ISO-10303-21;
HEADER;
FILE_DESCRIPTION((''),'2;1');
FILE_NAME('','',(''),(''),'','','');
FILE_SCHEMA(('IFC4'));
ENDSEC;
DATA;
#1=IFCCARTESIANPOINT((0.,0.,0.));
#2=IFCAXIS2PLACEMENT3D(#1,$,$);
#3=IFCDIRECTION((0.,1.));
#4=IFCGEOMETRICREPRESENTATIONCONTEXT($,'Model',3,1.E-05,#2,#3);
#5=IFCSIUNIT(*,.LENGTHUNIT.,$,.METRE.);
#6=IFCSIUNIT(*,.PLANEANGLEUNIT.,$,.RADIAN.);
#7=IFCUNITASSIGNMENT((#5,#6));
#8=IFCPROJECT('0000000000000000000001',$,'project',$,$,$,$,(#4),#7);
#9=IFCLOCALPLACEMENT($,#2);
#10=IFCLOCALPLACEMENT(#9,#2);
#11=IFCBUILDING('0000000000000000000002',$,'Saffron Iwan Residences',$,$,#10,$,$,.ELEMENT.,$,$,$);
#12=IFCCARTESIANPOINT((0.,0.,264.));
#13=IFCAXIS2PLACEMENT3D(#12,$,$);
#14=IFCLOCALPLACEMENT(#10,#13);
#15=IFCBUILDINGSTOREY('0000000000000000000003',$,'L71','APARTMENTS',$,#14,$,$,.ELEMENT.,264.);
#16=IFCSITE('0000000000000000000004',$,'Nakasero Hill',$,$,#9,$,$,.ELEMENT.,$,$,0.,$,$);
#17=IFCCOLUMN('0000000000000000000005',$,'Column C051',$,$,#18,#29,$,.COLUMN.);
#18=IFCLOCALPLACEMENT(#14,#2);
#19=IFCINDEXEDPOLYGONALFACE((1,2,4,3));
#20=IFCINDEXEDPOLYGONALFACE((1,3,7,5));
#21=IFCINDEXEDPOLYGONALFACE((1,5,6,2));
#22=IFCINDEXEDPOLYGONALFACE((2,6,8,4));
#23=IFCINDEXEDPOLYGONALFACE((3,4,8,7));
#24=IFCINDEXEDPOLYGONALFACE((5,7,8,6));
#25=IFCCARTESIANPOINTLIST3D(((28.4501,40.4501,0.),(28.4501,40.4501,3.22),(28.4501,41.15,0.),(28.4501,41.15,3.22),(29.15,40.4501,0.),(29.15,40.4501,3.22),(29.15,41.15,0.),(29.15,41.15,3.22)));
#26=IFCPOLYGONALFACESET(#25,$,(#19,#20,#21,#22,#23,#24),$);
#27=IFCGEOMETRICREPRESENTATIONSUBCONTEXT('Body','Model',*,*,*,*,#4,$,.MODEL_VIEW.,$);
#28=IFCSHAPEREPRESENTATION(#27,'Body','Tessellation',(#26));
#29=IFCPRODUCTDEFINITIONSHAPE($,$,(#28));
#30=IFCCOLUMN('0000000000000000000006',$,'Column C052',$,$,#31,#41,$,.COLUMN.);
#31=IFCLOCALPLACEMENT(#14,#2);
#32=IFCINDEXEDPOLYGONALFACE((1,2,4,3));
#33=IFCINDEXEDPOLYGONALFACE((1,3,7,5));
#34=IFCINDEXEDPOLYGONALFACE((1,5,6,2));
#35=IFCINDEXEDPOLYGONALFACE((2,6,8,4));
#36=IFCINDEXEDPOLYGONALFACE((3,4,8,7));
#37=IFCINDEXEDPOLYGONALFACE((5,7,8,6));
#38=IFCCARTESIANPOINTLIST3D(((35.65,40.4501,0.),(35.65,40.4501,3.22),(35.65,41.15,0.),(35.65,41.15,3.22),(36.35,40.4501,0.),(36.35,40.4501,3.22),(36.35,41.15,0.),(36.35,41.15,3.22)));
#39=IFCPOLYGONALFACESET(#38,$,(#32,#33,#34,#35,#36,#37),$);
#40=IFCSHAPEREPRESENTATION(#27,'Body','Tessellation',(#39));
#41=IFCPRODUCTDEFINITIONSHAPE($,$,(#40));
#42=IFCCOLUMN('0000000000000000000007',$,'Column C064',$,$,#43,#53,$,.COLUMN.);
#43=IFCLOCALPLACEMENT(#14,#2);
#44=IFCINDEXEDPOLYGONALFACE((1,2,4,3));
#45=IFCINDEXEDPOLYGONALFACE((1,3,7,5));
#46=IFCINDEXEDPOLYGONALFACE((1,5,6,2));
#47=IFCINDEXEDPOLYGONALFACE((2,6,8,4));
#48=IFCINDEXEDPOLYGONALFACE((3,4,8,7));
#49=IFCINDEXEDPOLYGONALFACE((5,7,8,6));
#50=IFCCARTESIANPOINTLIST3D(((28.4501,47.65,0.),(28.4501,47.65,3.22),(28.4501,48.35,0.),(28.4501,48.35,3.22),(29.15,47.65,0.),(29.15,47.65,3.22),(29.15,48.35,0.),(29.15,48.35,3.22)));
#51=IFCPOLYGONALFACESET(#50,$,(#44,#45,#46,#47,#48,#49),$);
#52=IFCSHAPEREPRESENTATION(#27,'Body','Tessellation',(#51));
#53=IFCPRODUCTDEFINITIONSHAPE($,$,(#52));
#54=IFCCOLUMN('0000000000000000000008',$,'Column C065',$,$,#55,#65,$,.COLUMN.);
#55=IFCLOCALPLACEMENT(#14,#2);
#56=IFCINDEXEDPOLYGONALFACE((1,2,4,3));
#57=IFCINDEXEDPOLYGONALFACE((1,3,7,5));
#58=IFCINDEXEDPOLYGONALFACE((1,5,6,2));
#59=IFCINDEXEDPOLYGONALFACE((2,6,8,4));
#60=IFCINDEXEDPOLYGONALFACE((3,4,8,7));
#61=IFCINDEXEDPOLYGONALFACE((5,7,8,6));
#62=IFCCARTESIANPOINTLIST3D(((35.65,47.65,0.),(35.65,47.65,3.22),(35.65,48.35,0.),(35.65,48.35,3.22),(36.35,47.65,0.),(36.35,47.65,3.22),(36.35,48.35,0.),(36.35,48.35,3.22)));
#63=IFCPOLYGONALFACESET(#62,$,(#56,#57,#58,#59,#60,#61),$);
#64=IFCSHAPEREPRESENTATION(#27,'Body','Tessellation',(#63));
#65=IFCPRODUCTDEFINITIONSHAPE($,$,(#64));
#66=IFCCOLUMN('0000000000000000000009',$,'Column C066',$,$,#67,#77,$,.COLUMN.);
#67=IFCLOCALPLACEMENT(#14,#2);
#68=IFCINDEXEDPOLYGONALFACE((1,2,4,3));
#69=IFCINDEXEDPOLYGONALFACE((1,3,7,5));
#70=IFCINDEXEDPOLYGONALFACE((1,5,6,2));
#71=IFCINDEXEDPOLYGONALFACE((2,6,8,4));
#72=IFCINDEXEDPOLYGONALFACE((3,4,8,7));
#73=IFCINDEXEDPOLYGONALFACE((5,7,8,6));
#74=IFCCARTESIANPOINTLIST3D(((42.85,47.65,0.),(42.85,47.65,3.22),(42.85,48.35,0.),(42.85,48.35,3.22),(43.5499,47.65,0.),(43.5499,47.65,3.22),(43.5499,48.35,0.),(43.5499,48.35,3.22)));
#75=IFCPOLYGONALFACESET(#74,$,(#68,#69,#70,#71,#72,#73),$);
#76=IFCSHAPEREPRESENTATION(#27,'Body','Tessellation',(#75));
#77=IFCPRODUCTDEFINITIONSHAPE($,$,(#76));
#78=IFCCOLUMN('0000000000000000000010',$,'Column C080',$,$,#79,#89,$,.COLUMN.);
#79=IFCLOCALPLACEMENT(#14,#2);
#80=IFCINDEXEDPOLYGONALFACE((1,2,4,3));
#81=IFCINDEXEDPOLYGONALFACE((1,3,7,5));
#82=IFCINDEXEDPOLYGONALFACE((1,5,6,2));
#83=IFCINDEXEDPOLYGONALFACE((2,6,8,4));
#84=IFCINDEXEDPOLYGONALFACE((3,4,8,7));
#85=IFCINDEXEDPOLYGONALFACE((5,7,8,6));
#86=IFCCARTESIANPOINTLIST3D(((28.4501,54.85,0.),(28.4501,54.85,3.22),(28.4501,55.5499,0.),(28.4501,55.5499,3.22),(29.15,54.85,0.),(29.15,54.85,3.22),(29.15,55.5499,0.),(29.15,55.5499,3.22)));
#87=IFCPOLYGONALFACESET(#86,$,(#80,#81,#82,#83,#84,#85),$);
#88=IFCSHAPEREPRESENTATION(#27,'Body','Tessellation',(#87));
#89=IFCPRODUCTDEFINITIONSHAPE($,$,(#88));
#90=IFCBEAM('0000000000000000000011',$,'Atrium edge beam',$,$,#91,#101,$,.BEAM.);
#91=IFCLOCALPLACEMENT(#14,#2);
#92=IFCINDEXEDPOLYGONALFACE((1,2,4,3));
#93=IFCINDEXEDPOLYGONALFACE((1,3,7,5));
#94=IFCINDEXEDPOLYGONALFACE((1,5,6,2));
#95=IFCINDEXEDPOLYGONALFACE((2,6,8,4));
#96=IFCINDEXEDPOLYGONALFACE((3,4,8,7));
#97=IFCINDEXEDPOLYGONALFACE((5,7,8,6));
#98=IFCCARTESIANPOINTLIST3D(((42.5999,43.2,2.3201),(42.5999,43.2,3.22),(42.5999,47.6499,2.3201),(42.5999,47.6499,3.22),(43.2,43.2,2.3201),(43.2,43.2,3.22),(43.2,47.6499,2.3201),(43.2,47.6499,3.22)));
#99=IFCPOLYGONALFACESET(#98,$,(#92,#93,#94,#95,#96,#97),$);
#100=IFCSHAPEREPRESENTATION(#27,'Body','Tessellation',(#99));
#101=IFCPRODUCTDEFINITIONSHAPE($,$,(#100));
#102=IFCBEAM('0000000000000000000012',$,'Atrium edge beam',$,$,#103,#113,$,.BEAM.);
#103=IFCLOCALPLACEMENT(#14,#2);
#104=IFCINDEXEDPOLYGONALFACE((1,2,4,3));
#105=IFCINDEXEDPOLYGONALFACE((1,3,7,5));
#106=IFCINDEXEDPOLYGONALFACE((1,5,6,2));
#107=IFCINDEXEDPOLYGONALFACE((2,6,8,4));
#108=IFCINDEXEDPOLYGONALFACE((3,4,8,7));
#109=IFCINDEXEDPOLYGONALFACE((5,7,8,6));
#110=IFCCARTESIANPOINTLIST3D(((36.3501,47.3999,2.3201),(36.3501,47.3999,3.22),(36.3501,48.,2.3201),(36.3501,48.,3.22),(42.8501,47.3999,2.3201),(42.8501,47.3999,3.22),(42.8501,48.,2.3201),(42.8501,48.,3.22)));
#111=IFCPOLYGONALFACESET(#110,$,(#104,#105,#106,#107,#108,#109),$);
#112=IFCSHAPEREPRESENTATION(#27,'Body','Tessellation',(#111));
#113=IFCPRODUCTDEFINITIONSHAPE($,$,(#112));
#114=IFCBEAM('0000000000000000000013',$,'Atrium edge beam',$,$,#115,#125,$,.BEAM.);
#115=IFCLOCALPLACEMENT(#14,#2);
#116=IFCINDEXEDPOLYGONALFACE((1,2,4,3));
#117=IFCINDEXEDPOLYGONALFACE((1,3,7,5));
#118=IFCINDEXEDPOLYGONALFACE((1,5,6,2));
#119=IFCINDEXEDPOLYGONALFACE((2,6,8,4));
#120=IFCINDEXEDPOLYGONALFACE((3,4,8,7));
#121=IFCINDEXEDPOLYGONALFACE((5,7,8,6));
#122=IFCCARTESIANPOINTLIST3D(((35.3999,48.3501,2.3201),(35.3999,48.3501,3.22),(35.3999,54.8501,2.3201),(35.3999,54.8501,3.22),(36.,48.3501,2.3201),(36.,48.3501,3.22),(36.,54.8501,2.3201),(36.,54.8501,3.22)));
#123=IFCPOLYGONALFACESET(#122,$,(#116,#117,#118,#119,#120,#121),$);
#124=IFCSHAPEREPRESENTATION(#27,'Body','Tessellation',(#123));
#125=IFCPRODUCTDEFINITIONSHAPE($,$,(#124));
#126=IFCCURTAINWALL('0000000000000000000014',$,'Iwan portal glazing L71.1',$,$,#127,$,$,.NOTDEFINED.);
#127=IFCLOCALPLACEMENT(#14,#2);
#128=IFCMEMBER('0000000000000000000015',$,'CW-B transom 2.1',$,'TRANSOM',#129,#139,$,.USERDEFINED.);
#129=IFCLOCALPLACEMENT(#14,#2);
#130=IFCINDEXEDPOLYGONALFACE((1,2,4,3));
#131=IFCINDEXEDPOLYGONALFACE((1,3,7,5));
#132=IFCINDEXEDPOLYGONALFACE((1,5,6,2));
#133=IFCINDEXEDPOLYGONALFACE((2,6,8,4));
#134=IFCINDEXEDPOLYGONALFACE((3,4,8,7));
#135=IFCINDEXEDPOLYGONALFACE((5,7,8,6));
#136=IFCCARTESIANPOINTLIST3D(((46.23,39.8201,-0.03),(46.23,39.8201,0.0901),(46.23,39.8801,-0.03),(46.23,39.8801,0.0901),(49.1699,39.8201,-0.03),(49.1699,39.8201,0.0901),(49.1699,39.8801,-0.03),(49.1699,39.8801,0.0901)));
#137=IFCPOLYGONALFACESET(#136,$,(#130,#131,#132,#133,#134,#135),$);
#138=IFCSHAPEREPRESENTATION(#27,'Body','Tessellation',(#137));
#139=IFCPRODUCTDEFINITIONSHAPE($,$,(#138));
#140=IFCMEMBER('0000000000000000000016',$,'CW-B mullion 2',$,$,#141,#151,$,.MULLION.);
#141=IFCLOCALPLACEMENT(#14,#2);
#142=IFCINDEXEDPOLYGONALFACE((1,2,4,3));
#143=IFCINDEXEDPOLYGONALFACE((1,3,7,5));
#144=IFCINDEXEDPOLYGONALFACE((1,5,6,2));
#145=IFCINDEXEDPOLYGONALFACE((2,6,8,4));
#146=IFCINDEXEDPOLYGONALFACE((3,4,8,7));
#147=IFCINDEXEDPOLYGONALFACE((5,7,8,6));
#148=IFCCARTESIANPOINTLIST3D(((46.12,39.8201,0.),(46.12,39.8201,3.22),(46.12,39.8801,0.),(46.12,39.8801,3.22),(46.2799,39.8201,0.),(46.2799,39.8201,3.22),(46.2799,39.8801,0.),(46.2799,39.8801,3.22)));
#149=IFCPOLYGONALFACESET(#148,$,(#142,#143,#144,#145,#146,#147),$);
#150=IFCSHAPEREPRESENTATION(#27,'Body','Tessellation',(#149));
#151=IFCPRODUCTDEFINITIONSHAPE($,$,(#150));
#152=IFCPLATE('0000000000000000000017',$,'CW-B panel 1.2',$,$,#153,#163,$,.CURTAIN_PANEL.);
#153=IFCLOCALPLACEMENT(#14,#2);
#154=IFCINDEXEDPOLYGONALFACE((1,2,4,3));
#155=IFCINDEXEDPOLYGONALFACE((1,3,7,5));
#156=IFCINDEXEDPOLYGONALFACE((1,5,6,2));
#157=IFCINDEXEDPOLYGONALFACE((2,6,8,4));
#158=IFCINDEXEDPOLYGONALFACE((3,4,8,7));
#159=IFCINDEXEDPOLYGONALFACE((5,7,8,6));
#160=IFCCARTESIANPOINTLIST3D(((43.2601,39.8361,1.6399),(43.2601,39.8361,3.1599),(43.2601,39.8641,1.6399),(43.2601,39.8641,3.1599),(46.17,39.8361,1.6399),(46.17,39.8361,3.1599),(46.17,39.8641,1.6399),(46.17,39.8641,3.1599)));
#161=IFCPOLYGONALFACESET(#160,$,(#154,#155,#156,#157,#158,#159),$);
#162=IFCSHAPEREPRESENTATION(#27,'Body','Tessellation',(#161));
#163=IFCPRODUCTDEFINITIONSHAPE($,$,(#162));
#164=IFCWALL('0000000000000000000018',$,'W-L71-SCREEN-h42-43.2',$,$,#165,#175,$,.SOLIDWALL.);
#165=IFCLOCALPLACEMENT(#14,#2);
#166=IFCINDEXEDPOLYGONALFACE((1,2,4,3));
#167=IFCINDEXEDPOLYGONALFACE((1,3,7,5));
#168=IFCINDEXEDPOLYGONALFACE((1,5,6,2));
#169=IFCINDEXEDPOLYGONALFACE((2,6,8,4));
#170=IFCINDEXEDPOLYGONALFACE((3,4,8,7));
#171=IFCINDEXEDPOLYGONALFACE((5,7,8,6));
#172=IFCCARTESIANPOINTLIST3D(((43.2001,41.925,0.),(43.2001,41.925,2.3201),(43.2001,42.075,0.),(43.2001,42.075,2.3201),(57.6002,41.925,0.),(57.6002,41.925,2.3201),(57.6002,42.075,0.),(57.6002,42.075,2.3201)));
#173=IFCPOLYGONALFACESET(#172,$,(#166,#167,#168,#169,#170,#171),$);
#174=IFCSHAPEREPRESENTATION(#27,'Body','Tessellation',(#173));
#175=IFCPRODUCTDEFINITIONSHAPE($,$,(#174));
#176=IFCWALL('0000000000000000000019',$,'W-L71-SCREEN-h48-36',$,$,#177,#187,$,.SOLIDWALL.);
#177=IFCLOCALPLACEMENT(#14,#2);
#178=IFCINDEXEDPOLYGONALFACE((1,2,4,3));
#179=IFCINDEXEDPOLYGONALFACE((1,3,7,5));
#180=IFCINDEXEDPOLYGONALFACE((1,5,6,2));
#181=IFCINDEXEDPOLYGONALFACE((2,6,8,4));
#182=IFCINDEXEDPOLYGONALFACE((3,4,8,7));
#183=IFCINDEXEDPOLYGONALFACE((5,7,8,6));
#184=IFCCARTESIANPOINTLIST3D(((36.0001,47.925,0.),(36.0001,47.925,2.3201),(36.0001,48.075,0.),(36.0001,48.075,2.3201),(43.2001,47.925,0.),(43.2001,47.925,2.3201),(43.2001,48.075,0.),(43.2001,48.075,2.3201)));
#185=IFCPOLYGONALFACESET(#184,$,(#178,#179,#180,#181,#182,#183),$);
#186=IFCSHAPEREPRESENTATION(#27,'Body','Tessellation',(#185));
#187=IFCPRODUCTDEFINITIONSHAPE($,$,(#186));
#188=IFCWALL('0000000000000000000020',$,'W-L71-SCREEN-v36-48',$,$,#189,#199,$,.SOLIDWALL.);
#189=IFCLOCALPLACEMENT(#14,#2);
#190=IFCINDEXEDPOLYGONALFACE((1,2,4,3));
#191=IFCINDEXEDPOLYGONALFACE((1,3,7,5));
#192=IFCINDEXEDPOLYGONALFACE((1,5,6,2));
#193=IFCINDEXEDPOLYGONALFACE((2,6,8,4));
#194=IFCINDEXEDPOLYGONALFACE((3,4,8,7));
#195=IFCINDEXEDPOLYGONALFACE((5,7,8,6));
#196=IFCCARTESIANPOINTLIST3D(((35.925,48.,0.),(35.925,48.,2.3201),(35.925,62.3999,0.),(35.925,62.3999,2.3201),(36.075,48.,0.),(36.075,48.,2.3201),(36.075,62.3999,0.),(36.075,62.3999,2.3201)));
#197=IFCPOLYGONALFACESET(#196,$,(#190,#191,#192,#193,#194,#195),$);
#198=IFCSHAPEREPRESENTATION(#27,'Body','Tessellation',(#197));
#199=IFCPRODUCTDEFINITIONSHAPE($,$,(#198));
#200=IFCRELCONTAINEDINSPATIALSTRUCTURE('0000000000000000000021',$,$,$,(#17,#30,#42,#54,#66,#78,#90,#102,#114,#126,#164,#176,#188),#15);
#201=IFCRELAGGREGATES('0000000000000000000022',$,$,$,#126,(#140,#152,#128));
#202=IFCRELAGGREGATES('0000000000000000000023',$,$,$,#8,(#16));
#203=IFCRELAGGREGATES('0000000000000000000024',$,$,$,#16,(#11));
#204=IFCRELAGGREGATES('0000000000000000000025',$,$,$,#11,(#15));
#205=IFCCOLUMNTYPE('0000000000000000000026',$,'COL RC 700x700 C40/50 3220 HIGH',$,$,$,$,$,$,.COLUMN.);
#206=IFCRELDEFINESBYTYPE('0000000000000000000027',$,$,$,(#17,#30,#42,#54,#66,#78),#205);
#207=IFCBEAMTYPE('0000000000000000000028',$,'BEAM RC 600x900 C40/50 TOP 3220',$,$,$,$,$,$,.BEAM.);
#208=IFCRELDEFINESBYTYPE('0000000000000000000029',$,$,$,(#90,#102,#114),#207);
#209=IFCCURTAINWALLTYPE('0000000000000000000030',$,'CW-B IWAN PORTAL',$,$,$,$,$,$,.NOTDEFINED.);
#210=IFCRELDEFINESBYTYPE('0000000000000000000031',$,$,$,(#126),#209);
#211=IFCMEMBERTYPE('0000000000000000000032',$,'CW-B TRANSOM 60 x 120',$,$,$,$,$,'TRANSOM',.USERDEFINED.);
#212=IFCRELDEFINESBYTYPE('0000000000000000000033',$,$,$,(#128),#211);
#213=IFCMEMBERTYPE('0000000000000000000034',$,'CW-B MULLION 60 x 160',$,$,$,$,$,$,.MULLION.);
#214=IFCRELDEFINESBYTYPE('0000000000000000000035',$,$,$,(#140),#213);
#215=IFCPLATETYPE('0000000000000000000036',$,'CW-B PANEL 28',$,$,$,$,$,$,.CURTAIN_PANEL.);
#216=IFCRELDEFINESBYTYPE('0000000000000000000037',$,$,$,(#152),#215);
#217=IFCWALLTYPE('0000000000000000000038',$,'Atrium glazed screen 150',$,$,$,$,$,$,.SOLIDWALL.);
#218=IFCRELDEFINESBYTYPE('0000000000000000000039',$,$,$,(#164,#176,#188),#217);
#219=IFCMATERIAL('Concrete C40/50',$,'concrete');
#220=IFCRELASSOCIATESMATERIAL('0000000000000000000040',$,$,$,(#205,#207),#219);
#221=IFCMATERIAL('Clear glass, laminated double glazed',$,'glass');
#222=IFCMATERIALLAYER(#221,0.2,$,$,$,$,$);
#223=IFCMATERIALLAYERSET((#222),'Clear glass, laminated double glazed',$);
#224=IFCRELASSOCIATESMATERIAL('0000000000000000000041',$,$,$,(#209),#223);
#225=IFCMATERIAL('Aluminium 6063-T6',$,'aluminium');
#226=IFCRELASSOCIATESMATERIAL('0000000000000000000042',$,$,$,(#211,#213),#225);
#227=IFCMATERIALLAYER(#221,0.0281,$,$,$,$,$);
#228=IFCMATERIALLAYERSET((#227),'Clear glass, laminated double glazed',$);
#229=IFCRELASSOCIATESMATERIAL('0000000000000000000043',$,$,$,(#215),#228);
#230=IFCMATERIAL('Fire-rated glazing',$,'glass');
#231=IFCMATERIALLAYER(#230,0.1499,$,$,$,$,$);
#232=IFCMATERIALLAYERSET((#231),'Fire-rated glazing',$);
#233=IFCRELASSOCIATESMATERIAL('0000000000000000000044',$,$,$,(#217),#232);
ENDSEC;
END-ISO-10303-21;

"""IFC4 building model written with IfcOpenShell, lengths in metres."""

from ifc_helpers import new_model, si_unit, direction, frame, frame_2d, origin, origin_2d, place, context, subcontext, project, spatial, rectangle, extrude, source, transform, mapped, material, layer, layer_set, material_profile, profile_set, type_object, element, aggregate, save


model = new_model("IFC4")

# Units and contexts
model_context = context("Model", 3, precision=1e-05, world=origin(), true_north=direction((0.0, 1.0)))
body_context = subcontext(model_context, "Body", "Model", "MODEL_VIEW")
ifc_project = project(units=[si_unit("LENGTHUNIT", "METRE"), si_unit("PLANEANGLEUNIT", "RADIAN")], contexts=[model_context])

# Site, building, storey
site_placement = place(None, origin())
site = spatial("IfcSite", under=ifc_project, at=site_placement, Name="Nakasero Hill", CompositionType="ELEMENT", RefElevation=0.0)
building_placement = place(site_placement, origin())
building = spatial("IfcBuilding", under=site, at=building_placement, Name="Saffron Iwan Residences", CompositionType="ELEMENT")
storey_placement = place(building_placement, frame((0.0, 0.0, 264.0)))
storey = spatial("IfcBuildingStorey", under=building, at=storey_placement, Name="L71", Description="APARTMENTS", CompositionType="ELEMENT", Elevation=264.0)

# Columns
ifc_material_1 = material(Name="Concrete C40/50", Category="concrete")
ifc_material_profile_1 = material_profile(ifc_material_1, rectangle(XDim=0.7, YDim=0.7, at=origin_2d()), Name="RC 700x700")
ifc_profile_set_1 = profile_set([ifc_material_profile_1], Name="Concrete C40/50")
column_type = type_object("IfcColumnType", Name="COL RC 700x700 C40/50 3220 HIGH", PredefinedType="COLUMN", material=ifc_profile_set_1)
shared_shape_1 = source(origin(), body_context, "Body", "SweptSolid", [
    extrude(rectangle(XDim=0.7, YDim=0.7, at=origin_2d()), origin(), (0.0, 0.0, 1.0), 3.22),
])
for number, where, z_axis, x_axis, name in (
    (1, (28.8, 40.8, 0.0), (0.0, 0.0, 1.0), (1.0, 0.0, 0.0), "Column C051"),
    (2, (36.0, 40.8, 0.0), (0.0, 0.0, 1.0), (1.0, 0.0, 0.0), "Column C052"),
    (3, (28.8, 48.0, 0.0), (0.0, 0.0, 1.0), (1.0, 0.0, 0.0), "Column C064"),
    (4, (36.0, 48.0, 0.0), (0.0, 0.0, 1.0), (1.0, 0.0, 0.0), "Column C065"),
    (5, (43.2, 48.0, 0.0), (0.0, 0.0, 1.0), (1.0, 0.0, 0.0), "Column C066"),
    (6, (28.8, 55.2, 0.0), (0.0, 0.0, 1.0), (1.0, 0.0, 0.0), "Column C080"),
):
    element("IfcColumn", number, at=place(storey_placement, frame(where, z_axis=z_axis, x_axis=x_axis)), inside=storey, type_object=column_type, Name=name, PredefinedType="COLUMN", context=body_context, shape_type="MappedRepresentation", body=[
        mapped(shared_shape_1, transform((0.0, 0.0, 0.0))),
    ])

# Beams
ifc_material_profile_2 = material_profile(ifc_material_1, rectangle(XDim=0.6001, YDim=0.8999, at=origin_2d()), Name="RC 600x900")
ifc_profile_set_2 = profile_set([ifc_material_profile_2], Name="Concrete C40/50")
beam_type = type_object("IfcBeamType", Name="BEAM RC 600x900 C40/50 TOP 3220", PredefinedType="BEAM", material=ifc_profile_set_2)
shared_shape_2 = source(origin(), body_context, "Body", "SweptSolid", [
    extrude(rectangle(XDim=0.6001, YDim=0.8999, at=origin_2d()), origin(), (0.0, 0.0, 1.0), 4.45),
])
beam_placement = place(storey_placement, frame((42.8999, 43.2, 2.77), z_axis=(0.0, 1.0, 0.0), x_axis=(-1.0, 0.0, 0.0)))
element("IfcBeam", 7, at=beam_placement, inside=storey, type_object=beam_type, Name="Atrium edge beam", PredefinedType="BEAM", context=body_context, shape_type="MappedRepresentation", body=[
    mapped(shared_shape_2, transform((0.0, 0.0, 0.0))),
])
shared_shape_3 = source(origin(), body_context, "Body", "SweptSolid", [
    extrude(rectangle(XDim=0.6001, YDim=0.8999, at=origin_2d()), origin(), (0.0, 0.0, 1.0), 6.5),
])
for number, where, z_axis, x_axis, name in (
    (8, (42.8501, 47.7, 2.77), (-1.0, 0.0, 0.0), (0.0, -1.0, 0.0), "Atrium edge beam"),
    (9, (35.7, 48.3501, 2.77), (0.0, 1.0, 0.0), (-1.0, 0.0, 0.0), "Atrium edge beam"),
):
    element("IfcBeam", number, at=place(storey_placement, frame(where, z_axis=z_axis, x_axis=x_axis)), inside=storey, type_object=beam_type, Name=name, PredefinedType="BEAM", context=body_context, shape_type="MappedRepresentation", body=[
        mapped(shared_shape_3, transform((0.0, 0.0, 0.0))),
    ])

# Curtain wall, members, plate
ifc_material_2 = material(Name="Clear glass, laminated double glazed", Category="glass")
ifc_layer_1 = layer(ifc_material_2, 0.2)
ifc_layer_set_1 = layer_set([ifc_layer_1], Name="Clear glass, laminated double glazed")
curtain_wall_type = type_object("IfcCurtainWallType", Name="CW-B IWAN PORTAL", PredefinedType="NOTDEFINED", material=ifc_layer_set_1)
curtain_wall_placement = place(storey_placement, origin())
curtain_wall = element("IfcCurtainWall", 10, at=curtain_wall_placement, inside=storey, type_object=curtain_wall_type, Name="Iwan portal glazing L71.1", PredefinedType="NOTDEFINED")
ifc_material_3 = material(Name="Aluminium 6063-T6", Category="aluminium")
ifc_material_profile_3 = material_profile(ifc_material_3, rectangle(XDim=0.0601, YDim=0.1201, at=origin_2d()), Name="CW-B TRANSOM 60 x 120")
ifc_profile_set_3 = profile_set([ifc_material_profile_3], Name="Aluminium 6063-T6")
member_type_1 = type_object("IfcMemberType", Name="CW-B TRANSOM 60 x 120", ElementType="TRANSOM", PredefinedType="USERDEFINED", material=ifc_profile_set_3)
shared_shape_4 = source(origin(), body_context, "Body", "SweptSolid", [
    extrude(rectangle(XDim=0.0601, YDim=0.1201, at=origin_2d()), origin(), (0.0, 0.0, 1.0), 2.9399),
])
member_1_placement = place(storey_placement, frame((46.23, 39.8501, 0.03), z_axis=(1.0, 0.0, 0.0), x_axis=(0.0, 1.0, 0.0)))
member_1 = element("IfcMember", 11, at=member_1_placement, type_object=member_type_1, Name="CW-B transom 2.1", ObjectType="TRANSOM", PredefinedType="USERDEFINED", context=body_context, shape_type="MappedRepresentation", body=[
    mapped(shared_shape_4, transform((0.0, 0.0, 0.0))),
])
ifc_material_profile_4 = material_profile(ifc_material_3, rectangle(XDim=0.0601, YDim=0.1599, at=origin_2d()), Name="CW-B MULLION 60 x 160")
ifc_profile_set_4 = profile_set([ifc_material_profile_4], Name="Aluminium 6063-T6")
member_type_2 = type_object("IfcMemberType", Name="CW-B MULLION 60 x 160", PredefinedType="MULLION", material=ifc_profile_set_4)
shared_shape_5 = source(origin(), body_context, "Body", "SweptSolid", [
    extrude(rectangle(XDim=0.0601, YDim=0.1599, at=origin_2d()), origin(), (0.0, 0.0, 1.0), 3.22),
])
member_2_placement = place(storey_placement, frame((46.2, 39.8501, 0.0), z_axis=(0.0, 0.0, 1.0), x_axis=(0.0, 1.0, 0.0)))
member_2 = element("IfcMember", 12, at=member_2_placement, type_object=member_type_2, Name="CW-B mullion 2", PredefinedType="MULLION", context=body_context, shape_type="MappedRepresentation", body=[
    mapped(shared_shape_5, transform((0.0, 0.0, 0.0))),
])
ifc_layer_2 = layer(ifc_material_2, 0.0281)
ifc_layer_set_2 = layer_set([ifc_layer_2], Name="Clear glass, laminated double glazed")
plate_type = type_object("IfcPlateType", Name="CW-B PANEL 28", PredefinedType="CURTAIN_PANEL", material=ifc_layer_set_2)
shared_shape_6 = source(origin(), body_context, "Body", "SweptSolid", [
    extrude(rectangle(XDim=2.9099, YDim=0.0281, at=origin_2d()), origin(), (0.0, 0.0, 1.0), 1.52),
])
plate_placement = place(storey_placement, frame((44.7151, 39.8501, 1.6399), z_axis=(0.0, 0.0, 1.0), x_axis=(1.0, 0.0, 0.0)))
plate = element("IfcPlate", 13, at=plate_placement, type_object=plate_type, Name="CW-B panel 1.2", PredefinedType="CURTAIN_PANEL", context=body_context, shape_type="MappedRepresentation", body=[
    mapped(shared_shape_6, transform((0.0, 0.0, 0.0))),
])
aggregate(curtain_wall, [member_2, plate, member_1])

# Walls
ifc_material_4 = material(Name="Fire-rated glazing", Category="glass")
ifc_layer_3 = layer(ifc_material_4, 0.1499)
ifc_layer_set_3 = layer_set([ifc_layer_3], Name="Fire-rated glazing")
wall_type_1 = type_object("IfcWallType", Name="Atrium glazed screen 150", PredefinedType="SOLIDWALL", material=ifc_layer_set_3)
wall_1_placement = place(storey_placement, frame((43.2, 42.0, 0.0), z_axis=(0.0, 0.0, 1.0), x_axis=(1.0, 0.0, 0.0)))
element("IfcWall", 14, at=wall_1_placement, inside=storey, type_object=wall_type_1, Name="W-L71-SCREEN-h42-43.2", PredefinedType="SOLIDWALL", context=body_context, shape_type="SweptSolid", body=[
    extrude(rectangle(XDim=14.4001, YDim=0.1499, at=frame_2d((7.2002, 0.0))), origin(), (0.0, 0.0, 1.0), 2.3201),
])
wall_2_placement = place(storey_placement, frame((36.0, 48.0, 0.0), z_axis=(0.0, 0.0, 1.0), x_axis=(1.0, 0.0, 0.0)))
element("IfcWall", 15, at=wall_2_placement, inside=storey, type_object=wall_type_1, Name="W-L71-SCREEN-h48-36", PredefinedType="SOLIDWALL", context=body_context, shape_type="SweptSolid", body=[
    extrude(rectangle(XDim=7.2, YDim=0.1499, at=frame_2d((3.6001, 0.0))), origin(), (0.0, 0.0, 1.0), 2.3201),
])
wall_3_placement = place(storey_placement, frame((36.0, 48.0, 0.0), z_axis=(0.0, 0.0, 1.0), x_axis=(0.0, 1.0, 0.0)))
element("IfcWall", 16, at=wall_3_placement, inside=storey, type_object=wall_type_1, Name="W-L71-SCREEN-v36-48", PredefinedType="SOLIDWALL", context=body_context, shape_type="SweptSolid", body=[
    extrude(rectangle(XDim=14.3999, YDim=0.1499, at=frame_2d((7.2, 0.0))), origin(), (0.0, 0.0, 1.0), 2.3201),
])

save(model, "model.ifc")
